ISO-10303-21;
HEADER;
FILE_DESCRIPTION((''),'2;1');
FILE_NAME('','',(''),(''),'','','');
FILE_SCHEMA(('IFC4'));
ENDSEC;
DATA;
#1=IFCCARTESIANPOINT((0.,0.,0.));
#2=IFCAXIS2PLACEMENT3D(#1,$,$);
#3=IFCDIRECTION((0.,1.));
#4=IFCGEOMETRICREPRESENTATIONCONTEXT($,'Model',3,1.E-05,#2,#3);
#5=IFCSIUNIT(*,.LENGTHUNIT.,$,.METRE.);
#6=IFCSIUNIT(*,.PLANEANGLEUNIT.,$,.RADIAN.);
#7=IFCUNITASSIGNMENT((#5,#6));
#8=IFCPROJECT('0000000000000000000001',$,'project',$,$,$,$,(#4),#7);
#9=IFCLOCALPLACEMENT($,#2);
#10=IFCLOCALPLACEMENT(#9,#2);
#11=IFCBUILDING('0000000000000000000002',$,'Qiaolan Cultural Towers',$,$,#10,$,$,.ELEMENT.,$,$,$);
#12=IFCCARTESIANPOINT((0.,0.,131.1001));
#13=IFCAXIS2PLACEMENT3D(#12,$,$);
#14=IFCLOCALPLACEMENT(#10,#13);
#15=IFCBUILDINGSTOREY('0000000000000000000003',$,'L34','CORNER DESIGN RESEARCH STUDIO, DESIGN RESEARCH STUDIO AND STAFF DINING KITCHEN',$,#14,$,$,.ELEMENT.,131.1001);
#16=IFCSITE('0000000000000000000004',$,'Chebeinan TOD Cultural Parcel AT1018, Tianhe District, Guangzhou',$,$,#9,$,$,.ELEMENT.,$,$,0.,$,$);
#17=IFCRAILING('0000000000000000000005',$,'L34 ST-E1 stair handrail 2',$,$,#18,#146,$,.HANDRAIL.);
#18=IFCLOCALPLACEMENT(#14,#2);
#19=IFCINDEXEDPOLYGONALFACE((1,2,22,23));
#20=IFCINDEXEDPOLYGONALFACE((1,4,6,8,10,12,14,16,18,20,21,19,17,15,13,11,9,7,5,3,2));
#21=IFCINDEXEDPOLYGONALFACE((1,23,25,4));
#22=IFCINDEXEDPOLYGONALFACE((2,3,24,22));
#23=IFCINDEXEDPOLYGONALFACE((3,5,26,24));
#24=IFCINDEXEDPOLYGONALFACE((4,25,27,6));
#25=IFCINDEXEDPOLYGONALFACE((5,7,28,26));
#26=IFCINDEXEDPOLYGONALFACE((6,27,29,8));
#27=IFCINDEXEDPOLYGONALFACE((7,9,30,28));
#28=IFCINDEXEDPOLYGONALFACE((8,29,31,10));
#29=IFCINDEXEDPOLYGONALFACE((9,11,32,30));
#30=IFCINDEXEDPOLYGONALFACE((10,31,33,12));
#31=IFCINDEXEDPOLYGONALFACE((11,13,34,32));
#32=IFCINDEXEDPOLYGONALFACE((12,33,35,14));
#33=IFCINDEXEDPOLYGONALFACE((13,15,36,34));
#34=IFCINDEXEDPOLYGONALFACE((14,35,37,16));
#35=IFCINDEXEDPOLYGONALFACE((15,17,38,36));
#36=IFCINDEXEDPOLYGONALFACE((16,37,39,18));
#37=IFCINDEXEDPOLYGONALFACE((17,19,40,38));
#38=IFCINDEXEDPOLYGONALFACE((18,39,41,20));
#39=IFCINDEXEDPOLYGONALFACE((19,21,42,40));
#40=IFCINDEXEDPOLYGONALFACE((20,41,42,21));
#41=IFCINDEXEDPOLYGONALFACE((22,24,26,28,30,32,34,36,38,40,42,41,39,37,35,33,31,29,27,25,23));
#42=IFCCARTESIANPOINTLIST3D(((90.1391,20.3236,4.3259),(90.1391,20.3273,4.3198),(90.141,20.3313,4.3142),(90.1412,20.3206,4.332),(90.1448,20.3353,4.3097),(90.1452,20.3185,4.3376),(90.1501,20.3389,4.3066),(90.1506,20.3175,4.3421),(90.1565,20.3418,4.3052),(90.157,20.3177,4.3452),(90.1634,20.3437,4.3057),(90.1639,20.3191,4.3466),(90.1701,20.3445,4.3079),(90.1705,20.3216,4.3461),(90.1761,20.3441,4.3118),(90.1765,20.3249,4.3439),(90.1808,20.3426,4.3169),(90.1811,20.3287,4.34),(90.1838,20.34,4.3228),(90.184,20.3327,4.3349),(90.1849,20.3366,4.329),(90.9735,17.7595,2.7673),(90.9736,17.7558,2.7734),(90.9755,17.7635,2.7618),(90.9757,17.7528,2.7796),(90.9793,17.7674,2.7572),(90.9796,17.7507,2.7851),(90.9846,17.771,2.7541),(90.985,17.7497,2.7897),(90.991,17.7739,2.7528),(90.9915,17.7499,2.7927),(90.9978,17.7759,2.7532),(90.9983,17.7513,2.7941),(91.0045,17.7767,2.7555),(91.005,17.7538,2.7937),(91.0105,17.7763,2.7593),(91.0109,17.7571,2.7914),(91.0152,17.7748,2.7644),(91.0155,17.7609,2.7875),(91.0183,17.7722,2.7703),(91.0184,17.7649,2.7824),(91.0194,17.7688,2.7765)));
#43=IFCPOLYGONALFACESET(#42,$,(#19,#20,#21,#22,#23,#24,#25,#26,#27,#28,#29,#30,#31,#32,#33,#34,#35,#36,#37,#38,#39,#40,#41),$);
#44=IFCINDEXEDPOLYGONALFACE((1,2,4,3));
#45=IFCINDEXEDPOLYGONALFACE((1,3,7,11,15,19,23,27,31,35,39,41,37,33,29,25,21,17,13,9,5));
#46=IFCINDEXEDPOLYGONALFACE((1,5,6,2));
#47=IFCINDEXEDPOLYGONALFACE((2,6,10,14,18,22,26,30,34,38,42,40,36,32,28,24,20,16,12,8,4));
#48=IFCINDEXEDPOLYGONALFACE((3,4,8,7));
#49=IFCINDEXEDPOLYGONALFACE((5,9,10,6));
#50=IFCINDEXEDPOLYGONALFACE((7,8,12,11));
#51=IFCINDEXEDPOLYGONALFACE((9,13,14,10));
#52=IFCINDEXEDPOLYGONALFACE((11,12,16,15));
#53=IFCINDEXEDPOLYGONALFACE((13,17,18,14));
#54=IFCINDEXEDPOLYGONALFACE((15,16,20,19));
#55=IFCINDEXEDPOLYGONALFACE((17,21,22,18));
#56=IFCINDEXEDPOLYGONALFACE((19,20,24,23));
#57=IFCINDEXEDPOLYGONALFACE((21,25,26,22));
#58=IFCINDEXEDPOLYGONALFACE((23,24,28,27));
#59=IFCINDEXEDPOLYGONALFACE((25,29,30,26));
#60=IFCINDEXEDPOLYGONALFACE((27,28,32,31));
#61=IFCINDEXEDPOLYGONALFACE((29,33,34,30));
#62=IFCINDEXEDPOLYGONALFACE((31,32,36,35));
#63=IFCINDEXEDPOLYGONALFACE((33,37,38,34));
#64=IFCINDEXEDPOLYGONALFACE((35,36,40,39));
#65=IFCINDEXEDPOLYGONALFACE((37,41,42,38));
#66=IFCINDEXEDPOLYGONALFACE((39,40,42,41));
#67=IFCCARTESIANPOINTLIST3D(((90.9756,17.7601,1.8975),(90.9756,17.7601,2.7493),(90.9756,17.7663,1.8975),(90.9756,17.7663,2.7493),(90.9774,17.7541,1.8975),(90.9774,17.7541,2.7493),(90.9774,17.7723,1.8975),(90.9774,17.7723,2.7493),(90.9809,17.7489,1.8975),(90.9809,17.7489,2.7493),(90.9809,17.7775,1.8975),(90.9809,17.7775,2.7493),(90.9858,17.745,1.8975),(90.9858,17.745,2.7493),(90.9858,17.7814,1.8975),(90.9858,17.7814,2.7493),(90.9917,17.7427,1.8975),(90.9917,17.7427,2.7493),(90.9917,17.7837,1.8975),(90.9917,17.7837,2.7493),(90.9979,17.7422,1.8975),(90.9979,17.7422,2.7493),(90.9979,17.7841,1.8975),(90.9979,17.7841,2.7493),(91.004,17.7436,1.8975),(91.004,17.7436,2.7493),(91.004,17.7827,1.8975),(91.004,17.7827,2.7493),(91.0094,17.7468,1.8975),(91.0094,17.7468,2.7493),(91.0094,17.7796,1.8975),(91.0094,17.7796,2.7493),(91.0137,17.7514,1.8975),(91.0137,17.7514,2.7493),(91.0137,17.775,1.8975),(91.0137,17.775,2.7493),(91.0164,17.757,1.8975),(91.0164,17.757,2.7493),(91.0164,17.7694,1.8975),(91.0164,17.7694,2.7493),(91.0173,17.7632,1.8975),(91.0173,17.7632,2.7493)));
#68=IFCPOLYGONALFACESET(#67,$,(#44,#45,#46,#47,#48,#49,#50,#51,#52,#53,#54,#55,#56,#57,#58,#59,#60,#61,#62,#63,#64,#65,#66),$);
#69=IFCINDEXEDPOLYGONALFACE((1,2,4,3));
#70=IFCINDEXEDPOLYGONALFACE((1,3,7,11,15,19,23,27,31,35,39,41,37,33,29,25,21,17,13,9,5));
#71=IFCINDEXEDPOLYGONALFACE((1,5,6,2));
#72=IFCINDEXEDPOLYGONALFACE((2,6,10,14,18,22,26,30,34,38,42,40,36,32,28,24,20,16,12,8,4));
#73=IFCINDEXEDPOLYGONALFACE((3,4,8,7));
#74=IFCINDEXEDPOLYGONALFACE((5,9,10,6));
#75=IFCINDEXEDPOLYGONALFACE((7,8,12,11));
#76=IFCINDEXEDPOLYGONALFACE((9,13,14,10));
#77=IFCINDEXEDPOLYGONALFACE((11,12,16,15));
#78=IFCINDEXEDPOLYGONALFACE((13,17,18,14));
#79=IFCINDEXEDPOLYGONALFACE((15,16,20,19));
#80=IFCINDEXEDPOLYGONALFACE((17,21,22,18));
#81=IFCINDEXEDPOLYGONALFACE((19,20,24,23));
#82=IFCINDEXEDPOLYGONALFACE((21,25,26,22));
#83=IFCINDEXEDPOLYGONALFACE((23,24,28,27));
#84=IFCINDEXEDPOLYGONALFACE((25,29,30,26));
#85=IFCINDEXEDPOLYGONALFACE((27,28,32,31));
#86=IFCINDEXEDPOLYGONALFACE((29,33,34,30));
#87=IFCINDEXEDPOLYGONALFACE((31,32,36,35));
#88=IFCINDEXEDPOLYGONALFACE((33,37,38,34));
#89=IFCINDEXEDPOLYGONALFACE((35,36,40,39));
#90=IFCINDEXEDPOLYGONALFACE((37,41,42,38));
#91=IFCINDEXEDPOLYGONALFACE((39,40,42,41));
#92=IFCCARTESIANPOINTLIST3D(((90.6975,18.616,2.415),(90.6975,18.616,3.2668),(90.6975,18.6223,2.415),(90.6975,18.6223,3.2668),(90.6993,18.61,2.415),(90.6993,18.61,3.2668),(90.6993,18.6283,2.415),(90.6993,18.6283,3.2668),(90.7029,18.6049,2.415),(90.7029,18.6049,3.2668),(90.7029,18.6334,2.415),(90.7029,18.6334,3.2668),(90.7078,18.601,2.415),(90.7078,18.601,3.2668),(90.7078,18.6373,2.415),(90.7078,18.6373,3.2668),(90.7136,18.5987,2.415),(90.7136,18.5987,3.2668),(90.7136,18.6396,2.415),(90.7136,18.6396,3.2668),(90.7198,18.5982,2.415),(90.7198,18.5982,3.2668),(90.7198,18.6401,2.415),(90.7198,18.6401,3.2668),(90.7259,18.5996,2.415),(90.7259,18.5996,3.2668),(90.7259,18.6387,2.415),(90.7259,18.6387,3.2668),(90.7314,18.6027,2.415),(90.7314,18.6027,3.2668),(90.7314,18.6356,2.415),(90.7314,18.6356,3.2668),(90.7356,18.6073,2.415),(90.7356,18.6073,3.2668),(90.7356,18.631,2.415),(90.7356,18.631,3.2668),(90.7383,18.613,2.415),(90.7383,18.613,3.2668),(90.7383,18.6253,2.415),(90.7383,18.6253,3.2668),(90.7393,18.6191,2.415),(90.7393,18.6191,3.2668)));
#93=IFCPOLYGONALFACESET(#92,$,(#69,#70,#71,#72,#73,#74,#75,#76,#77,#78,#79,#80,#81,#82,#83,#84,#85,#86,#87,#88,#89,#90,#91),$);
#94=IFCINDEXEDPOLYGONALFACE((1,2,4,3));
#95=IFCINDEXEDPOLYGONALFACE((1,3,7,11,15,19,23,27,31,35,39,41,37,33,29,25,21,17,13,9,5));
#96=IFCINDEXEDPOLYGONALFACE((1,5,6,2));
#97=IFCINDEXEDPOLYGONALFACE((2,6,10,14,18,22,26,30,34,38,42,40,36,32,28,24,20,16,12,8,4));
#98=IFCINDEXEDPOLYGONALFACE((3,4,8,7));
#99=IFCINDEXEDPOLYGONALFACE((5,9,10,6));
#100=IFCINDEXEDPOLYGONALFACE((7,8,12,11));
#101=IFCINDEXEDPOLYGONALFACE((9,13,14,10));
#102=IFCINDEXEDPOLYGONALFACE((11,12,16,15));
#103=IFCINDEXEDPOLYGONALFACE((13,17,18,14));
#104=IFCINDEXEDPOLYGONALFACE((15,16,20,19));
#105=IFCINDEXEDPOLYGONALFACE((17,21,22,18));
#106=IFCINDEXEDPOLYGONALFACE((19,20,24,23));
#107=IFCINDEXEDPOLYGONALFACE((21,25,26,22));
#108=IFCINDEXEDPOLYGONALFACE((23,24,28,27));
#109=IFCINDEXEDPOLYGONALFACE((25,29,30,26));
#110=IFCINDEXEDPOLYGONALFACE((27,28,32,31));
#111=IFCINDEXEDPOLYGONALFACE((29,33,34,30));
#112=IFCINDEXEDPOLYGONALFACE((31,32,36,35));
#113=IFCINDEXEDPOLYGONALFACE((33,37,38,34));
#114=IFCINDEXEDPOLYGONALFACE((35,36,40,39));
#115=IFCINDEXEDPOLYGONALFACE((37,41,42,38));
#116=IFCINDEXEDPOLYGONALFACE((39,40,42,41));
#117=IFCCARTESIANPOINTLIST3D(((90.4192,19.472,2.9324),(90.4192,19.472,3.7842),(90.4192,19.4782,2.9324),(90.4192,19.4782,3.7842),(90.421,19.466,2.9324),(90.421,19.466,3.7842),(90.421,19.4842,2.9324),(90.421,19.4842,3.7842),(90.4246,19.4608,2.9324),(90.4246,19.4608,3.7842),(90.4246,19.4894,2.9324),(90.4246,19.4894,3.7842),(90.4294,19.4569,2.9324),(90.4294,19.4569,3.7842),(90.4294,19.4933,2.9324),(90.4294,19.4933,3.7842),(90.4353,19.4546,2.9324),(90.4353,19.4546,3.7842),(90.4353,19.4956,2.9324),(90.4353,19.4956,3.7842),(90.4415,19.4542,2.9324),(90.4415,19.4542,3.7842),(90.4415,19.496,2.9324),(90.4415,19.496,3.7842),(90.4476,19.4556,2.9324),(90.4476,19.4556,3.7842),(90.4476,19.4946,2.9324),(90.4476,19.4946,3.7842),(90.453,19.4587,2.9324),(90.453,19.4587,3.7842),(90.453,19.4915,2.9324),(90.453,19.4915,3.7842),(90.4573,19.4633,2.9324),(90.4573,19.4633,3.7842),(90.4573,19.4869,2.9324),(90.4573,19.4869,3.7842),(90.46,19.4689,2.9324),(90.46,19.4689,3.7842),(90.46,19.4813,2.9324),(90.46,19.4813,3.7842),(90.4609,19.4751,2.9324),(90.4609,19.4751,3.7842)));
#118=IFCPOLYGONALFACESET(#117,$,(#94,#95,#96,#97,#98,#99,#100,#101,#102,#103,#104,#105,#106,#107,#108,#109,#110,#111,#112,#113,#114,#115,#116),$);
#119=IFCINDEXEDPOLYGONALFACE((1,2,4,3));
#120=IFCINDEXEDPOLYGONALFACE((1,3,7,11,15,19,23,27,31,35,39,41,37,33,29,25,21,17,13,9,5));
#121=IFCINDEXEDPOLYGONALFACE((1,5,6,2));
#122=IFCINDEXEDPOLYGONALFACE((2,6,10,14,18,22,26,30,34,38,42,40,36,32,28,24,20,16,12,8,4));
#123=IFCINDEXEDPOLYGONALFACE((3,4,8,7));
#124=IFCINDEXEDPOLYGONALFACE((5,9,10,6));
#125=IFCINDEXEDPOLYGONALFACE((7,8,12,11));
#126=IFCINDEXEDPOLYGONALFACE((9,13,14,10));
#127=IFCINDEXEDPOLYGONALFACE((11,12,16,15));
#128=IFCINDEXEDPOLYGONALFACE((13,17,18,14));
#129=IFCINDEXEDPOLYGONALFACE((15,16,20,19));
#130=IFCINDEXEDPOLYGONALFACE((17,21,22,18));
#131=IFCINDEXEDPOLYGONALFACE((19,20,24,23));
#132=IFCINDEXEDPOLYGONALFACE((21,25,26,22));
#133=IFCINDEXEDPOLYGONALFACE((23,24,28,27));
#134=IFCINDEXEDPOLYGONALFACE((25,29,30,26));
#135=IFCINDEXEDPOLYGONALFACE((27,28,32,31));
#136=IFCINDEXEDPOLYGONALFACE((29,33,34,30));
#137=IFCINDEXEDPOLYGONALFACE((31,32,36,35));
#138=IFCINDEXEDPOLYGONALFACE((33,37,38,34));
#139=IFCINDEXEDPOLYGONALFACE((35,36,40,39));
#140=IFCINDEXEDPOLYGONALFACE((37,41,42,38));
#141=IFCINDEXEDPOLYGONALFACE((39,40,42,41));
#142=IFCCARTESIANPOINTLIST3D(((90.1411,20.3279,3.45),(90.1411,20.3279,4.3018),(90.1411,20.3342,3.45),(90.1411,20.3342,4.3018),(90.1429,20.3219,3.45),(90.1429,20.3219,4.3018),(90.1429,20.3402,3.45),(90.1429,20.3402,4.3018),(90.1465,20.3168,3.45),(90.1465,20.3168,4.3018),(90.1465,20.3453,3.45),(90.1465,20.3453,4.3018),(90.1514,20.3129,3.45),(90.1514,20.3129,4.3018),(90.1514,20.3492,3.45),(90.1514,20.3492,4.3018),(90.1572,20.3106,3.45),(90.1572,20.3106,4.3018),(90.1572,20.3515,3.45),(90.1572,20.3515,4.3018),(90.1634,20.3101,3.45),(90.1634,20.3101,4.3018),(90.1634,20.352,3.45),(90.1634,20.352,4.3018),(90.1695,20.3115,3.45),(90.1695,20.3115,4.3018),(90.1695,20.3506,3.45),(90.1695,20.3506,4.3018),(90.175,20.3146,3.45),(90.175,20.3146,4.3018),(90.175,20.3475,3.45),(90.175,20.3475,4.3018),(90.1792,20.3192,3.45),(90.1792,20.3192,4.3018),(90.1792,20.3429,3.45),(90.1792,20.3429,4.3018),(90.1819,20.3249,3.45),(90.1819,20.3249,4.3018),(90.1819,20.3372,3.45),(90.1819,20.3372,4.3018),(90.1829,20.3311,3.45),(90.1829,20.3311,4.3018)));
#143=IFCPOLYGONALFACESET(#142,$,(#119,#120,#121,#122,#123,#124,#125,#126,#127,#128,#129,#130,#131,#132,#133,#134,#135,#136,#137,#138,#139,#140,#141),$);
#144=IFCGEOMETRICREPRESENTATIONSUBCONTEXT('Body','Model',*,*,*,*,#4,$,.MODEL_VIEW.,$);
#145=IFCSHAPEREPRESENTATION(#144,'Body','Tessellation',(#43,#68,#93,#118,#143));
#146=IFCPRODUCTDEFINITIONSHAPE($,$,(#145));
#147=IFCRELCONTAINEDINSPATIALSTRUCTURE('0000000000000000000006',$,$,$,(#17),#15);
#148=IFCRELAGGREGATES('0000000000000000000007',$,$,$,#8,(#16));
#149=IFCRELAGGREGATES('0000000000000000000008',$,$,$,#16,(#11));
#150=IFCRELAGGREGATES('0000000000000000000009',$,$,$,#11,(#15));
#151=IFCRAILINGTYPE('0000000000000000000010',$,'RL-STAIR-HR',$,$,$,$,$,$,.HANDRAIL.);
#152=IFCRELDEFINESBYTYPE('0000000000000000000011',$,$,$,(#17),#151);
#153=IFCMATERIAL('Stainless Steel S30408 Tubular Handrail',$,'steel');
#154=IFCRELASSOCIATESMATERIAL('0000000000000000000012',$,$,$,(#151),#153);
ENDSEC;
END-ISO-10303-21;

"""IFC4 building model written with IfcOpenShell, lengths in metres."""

from ifc_helpers import new_model, si_unit, direction, frame, origin, origin_2d, place, context, subcontext, project, spatial, circle, extrude, material, type_object, element, save


model = new_model("IFC4")

# Units and contexts
model_context = context("Model", 3, precision=1e-05, world=origin(), true_north=direction((0.0, 1.0)))
body_context = subcontext(model_context, "Body", "Model", "MODEL_VIEW")
ifc_project = project(units=[si_unit("LENGTHUNIT", "METRE"), si_unit("PLANEANGLEUNIT", "RADIAN")], contexts=[model_context])

# Site, building, storey
site_placement = place(None, origin())
site = spatial("IfcSite", under=ifc_project, at=site_placement, Name="Chebeinan TOD Cultural Parcel AT1018, Tianhe District, Guangzhou", CompositionType="ELEMENT", RefElevation=0.0)
building_placement = place(site_placement, origin())
building = spatial("IfcBuilding", under=site, at=building_placement, Name="Qiaolan Cultural Towers", CompositionType="ELEMENT")
storey_placement = place(building_placement, frame((0.0, 0.0, 131.1001)))
storey = spatial("IfcBuildingStorey", under=building, at=storey_placement, Name="L34", Description="CORNER DESIGN RESEARCH STUDIO, DESIGN RESEARCH STUDIO AND STAFF DINING KITCHEN", CompositionType="ELEMENT", Elevation=131.1001)

# Railing
ifc_material_1 = material(Name="Stainless Steel S30408 Tubular Handrail", Category="steel")
railing_type_1 = type_object("IfcRailingType", Name="RL-STAIR-HR", PredefinedType="HANDRAIL", material=ifc_material_1)
railing_1_placement = place(storey_placement, frame((90.9963, 17.7632, 1.8975)))
element("IfcRailing", 1, at=railing_1_placement, inside=storey, type_object=railing_type_1, Name="L34 ST-E1 stair handrail 2", PredefinedType="HANDRAIL", context=body_context, shape_type="SweptSolid", body=[
    extrude(circle(Radius=0.0239, at=origin_2d()), frame((0.0, 0.0, 0.876), z_axis=(-0.267926, 0.824471, 0.498461), x_axis=(-0.951043, -0.309057, 0.0)), (0.0, 0.0, 1.0), 3.1145),
    extrude(circle(Radius=0.021, at=origin_2d()), origin(), (0.0, 0.0, 1.0), 0.8518),
    extrude(circle(Radius=0.021, at=origin_2d()), frame((-0.2781, 0.856, 0.5176)), (0.0, 0.0, 1.0), 0.8518),
    extrude(circle(Radius=0.021, at=origin_2d()), frame((-0.5564, 1.7119, 1.0349)), (0.0, 0.0, 1.0), 0.8518),
    extrude(circle(Radius=0.021, at=origin_2d()), frame((-0.8345, 2.5679, 1.5525)), (0.0, 0.0, 1.0), 0.8518),
])

save(model, "model.ifc")
